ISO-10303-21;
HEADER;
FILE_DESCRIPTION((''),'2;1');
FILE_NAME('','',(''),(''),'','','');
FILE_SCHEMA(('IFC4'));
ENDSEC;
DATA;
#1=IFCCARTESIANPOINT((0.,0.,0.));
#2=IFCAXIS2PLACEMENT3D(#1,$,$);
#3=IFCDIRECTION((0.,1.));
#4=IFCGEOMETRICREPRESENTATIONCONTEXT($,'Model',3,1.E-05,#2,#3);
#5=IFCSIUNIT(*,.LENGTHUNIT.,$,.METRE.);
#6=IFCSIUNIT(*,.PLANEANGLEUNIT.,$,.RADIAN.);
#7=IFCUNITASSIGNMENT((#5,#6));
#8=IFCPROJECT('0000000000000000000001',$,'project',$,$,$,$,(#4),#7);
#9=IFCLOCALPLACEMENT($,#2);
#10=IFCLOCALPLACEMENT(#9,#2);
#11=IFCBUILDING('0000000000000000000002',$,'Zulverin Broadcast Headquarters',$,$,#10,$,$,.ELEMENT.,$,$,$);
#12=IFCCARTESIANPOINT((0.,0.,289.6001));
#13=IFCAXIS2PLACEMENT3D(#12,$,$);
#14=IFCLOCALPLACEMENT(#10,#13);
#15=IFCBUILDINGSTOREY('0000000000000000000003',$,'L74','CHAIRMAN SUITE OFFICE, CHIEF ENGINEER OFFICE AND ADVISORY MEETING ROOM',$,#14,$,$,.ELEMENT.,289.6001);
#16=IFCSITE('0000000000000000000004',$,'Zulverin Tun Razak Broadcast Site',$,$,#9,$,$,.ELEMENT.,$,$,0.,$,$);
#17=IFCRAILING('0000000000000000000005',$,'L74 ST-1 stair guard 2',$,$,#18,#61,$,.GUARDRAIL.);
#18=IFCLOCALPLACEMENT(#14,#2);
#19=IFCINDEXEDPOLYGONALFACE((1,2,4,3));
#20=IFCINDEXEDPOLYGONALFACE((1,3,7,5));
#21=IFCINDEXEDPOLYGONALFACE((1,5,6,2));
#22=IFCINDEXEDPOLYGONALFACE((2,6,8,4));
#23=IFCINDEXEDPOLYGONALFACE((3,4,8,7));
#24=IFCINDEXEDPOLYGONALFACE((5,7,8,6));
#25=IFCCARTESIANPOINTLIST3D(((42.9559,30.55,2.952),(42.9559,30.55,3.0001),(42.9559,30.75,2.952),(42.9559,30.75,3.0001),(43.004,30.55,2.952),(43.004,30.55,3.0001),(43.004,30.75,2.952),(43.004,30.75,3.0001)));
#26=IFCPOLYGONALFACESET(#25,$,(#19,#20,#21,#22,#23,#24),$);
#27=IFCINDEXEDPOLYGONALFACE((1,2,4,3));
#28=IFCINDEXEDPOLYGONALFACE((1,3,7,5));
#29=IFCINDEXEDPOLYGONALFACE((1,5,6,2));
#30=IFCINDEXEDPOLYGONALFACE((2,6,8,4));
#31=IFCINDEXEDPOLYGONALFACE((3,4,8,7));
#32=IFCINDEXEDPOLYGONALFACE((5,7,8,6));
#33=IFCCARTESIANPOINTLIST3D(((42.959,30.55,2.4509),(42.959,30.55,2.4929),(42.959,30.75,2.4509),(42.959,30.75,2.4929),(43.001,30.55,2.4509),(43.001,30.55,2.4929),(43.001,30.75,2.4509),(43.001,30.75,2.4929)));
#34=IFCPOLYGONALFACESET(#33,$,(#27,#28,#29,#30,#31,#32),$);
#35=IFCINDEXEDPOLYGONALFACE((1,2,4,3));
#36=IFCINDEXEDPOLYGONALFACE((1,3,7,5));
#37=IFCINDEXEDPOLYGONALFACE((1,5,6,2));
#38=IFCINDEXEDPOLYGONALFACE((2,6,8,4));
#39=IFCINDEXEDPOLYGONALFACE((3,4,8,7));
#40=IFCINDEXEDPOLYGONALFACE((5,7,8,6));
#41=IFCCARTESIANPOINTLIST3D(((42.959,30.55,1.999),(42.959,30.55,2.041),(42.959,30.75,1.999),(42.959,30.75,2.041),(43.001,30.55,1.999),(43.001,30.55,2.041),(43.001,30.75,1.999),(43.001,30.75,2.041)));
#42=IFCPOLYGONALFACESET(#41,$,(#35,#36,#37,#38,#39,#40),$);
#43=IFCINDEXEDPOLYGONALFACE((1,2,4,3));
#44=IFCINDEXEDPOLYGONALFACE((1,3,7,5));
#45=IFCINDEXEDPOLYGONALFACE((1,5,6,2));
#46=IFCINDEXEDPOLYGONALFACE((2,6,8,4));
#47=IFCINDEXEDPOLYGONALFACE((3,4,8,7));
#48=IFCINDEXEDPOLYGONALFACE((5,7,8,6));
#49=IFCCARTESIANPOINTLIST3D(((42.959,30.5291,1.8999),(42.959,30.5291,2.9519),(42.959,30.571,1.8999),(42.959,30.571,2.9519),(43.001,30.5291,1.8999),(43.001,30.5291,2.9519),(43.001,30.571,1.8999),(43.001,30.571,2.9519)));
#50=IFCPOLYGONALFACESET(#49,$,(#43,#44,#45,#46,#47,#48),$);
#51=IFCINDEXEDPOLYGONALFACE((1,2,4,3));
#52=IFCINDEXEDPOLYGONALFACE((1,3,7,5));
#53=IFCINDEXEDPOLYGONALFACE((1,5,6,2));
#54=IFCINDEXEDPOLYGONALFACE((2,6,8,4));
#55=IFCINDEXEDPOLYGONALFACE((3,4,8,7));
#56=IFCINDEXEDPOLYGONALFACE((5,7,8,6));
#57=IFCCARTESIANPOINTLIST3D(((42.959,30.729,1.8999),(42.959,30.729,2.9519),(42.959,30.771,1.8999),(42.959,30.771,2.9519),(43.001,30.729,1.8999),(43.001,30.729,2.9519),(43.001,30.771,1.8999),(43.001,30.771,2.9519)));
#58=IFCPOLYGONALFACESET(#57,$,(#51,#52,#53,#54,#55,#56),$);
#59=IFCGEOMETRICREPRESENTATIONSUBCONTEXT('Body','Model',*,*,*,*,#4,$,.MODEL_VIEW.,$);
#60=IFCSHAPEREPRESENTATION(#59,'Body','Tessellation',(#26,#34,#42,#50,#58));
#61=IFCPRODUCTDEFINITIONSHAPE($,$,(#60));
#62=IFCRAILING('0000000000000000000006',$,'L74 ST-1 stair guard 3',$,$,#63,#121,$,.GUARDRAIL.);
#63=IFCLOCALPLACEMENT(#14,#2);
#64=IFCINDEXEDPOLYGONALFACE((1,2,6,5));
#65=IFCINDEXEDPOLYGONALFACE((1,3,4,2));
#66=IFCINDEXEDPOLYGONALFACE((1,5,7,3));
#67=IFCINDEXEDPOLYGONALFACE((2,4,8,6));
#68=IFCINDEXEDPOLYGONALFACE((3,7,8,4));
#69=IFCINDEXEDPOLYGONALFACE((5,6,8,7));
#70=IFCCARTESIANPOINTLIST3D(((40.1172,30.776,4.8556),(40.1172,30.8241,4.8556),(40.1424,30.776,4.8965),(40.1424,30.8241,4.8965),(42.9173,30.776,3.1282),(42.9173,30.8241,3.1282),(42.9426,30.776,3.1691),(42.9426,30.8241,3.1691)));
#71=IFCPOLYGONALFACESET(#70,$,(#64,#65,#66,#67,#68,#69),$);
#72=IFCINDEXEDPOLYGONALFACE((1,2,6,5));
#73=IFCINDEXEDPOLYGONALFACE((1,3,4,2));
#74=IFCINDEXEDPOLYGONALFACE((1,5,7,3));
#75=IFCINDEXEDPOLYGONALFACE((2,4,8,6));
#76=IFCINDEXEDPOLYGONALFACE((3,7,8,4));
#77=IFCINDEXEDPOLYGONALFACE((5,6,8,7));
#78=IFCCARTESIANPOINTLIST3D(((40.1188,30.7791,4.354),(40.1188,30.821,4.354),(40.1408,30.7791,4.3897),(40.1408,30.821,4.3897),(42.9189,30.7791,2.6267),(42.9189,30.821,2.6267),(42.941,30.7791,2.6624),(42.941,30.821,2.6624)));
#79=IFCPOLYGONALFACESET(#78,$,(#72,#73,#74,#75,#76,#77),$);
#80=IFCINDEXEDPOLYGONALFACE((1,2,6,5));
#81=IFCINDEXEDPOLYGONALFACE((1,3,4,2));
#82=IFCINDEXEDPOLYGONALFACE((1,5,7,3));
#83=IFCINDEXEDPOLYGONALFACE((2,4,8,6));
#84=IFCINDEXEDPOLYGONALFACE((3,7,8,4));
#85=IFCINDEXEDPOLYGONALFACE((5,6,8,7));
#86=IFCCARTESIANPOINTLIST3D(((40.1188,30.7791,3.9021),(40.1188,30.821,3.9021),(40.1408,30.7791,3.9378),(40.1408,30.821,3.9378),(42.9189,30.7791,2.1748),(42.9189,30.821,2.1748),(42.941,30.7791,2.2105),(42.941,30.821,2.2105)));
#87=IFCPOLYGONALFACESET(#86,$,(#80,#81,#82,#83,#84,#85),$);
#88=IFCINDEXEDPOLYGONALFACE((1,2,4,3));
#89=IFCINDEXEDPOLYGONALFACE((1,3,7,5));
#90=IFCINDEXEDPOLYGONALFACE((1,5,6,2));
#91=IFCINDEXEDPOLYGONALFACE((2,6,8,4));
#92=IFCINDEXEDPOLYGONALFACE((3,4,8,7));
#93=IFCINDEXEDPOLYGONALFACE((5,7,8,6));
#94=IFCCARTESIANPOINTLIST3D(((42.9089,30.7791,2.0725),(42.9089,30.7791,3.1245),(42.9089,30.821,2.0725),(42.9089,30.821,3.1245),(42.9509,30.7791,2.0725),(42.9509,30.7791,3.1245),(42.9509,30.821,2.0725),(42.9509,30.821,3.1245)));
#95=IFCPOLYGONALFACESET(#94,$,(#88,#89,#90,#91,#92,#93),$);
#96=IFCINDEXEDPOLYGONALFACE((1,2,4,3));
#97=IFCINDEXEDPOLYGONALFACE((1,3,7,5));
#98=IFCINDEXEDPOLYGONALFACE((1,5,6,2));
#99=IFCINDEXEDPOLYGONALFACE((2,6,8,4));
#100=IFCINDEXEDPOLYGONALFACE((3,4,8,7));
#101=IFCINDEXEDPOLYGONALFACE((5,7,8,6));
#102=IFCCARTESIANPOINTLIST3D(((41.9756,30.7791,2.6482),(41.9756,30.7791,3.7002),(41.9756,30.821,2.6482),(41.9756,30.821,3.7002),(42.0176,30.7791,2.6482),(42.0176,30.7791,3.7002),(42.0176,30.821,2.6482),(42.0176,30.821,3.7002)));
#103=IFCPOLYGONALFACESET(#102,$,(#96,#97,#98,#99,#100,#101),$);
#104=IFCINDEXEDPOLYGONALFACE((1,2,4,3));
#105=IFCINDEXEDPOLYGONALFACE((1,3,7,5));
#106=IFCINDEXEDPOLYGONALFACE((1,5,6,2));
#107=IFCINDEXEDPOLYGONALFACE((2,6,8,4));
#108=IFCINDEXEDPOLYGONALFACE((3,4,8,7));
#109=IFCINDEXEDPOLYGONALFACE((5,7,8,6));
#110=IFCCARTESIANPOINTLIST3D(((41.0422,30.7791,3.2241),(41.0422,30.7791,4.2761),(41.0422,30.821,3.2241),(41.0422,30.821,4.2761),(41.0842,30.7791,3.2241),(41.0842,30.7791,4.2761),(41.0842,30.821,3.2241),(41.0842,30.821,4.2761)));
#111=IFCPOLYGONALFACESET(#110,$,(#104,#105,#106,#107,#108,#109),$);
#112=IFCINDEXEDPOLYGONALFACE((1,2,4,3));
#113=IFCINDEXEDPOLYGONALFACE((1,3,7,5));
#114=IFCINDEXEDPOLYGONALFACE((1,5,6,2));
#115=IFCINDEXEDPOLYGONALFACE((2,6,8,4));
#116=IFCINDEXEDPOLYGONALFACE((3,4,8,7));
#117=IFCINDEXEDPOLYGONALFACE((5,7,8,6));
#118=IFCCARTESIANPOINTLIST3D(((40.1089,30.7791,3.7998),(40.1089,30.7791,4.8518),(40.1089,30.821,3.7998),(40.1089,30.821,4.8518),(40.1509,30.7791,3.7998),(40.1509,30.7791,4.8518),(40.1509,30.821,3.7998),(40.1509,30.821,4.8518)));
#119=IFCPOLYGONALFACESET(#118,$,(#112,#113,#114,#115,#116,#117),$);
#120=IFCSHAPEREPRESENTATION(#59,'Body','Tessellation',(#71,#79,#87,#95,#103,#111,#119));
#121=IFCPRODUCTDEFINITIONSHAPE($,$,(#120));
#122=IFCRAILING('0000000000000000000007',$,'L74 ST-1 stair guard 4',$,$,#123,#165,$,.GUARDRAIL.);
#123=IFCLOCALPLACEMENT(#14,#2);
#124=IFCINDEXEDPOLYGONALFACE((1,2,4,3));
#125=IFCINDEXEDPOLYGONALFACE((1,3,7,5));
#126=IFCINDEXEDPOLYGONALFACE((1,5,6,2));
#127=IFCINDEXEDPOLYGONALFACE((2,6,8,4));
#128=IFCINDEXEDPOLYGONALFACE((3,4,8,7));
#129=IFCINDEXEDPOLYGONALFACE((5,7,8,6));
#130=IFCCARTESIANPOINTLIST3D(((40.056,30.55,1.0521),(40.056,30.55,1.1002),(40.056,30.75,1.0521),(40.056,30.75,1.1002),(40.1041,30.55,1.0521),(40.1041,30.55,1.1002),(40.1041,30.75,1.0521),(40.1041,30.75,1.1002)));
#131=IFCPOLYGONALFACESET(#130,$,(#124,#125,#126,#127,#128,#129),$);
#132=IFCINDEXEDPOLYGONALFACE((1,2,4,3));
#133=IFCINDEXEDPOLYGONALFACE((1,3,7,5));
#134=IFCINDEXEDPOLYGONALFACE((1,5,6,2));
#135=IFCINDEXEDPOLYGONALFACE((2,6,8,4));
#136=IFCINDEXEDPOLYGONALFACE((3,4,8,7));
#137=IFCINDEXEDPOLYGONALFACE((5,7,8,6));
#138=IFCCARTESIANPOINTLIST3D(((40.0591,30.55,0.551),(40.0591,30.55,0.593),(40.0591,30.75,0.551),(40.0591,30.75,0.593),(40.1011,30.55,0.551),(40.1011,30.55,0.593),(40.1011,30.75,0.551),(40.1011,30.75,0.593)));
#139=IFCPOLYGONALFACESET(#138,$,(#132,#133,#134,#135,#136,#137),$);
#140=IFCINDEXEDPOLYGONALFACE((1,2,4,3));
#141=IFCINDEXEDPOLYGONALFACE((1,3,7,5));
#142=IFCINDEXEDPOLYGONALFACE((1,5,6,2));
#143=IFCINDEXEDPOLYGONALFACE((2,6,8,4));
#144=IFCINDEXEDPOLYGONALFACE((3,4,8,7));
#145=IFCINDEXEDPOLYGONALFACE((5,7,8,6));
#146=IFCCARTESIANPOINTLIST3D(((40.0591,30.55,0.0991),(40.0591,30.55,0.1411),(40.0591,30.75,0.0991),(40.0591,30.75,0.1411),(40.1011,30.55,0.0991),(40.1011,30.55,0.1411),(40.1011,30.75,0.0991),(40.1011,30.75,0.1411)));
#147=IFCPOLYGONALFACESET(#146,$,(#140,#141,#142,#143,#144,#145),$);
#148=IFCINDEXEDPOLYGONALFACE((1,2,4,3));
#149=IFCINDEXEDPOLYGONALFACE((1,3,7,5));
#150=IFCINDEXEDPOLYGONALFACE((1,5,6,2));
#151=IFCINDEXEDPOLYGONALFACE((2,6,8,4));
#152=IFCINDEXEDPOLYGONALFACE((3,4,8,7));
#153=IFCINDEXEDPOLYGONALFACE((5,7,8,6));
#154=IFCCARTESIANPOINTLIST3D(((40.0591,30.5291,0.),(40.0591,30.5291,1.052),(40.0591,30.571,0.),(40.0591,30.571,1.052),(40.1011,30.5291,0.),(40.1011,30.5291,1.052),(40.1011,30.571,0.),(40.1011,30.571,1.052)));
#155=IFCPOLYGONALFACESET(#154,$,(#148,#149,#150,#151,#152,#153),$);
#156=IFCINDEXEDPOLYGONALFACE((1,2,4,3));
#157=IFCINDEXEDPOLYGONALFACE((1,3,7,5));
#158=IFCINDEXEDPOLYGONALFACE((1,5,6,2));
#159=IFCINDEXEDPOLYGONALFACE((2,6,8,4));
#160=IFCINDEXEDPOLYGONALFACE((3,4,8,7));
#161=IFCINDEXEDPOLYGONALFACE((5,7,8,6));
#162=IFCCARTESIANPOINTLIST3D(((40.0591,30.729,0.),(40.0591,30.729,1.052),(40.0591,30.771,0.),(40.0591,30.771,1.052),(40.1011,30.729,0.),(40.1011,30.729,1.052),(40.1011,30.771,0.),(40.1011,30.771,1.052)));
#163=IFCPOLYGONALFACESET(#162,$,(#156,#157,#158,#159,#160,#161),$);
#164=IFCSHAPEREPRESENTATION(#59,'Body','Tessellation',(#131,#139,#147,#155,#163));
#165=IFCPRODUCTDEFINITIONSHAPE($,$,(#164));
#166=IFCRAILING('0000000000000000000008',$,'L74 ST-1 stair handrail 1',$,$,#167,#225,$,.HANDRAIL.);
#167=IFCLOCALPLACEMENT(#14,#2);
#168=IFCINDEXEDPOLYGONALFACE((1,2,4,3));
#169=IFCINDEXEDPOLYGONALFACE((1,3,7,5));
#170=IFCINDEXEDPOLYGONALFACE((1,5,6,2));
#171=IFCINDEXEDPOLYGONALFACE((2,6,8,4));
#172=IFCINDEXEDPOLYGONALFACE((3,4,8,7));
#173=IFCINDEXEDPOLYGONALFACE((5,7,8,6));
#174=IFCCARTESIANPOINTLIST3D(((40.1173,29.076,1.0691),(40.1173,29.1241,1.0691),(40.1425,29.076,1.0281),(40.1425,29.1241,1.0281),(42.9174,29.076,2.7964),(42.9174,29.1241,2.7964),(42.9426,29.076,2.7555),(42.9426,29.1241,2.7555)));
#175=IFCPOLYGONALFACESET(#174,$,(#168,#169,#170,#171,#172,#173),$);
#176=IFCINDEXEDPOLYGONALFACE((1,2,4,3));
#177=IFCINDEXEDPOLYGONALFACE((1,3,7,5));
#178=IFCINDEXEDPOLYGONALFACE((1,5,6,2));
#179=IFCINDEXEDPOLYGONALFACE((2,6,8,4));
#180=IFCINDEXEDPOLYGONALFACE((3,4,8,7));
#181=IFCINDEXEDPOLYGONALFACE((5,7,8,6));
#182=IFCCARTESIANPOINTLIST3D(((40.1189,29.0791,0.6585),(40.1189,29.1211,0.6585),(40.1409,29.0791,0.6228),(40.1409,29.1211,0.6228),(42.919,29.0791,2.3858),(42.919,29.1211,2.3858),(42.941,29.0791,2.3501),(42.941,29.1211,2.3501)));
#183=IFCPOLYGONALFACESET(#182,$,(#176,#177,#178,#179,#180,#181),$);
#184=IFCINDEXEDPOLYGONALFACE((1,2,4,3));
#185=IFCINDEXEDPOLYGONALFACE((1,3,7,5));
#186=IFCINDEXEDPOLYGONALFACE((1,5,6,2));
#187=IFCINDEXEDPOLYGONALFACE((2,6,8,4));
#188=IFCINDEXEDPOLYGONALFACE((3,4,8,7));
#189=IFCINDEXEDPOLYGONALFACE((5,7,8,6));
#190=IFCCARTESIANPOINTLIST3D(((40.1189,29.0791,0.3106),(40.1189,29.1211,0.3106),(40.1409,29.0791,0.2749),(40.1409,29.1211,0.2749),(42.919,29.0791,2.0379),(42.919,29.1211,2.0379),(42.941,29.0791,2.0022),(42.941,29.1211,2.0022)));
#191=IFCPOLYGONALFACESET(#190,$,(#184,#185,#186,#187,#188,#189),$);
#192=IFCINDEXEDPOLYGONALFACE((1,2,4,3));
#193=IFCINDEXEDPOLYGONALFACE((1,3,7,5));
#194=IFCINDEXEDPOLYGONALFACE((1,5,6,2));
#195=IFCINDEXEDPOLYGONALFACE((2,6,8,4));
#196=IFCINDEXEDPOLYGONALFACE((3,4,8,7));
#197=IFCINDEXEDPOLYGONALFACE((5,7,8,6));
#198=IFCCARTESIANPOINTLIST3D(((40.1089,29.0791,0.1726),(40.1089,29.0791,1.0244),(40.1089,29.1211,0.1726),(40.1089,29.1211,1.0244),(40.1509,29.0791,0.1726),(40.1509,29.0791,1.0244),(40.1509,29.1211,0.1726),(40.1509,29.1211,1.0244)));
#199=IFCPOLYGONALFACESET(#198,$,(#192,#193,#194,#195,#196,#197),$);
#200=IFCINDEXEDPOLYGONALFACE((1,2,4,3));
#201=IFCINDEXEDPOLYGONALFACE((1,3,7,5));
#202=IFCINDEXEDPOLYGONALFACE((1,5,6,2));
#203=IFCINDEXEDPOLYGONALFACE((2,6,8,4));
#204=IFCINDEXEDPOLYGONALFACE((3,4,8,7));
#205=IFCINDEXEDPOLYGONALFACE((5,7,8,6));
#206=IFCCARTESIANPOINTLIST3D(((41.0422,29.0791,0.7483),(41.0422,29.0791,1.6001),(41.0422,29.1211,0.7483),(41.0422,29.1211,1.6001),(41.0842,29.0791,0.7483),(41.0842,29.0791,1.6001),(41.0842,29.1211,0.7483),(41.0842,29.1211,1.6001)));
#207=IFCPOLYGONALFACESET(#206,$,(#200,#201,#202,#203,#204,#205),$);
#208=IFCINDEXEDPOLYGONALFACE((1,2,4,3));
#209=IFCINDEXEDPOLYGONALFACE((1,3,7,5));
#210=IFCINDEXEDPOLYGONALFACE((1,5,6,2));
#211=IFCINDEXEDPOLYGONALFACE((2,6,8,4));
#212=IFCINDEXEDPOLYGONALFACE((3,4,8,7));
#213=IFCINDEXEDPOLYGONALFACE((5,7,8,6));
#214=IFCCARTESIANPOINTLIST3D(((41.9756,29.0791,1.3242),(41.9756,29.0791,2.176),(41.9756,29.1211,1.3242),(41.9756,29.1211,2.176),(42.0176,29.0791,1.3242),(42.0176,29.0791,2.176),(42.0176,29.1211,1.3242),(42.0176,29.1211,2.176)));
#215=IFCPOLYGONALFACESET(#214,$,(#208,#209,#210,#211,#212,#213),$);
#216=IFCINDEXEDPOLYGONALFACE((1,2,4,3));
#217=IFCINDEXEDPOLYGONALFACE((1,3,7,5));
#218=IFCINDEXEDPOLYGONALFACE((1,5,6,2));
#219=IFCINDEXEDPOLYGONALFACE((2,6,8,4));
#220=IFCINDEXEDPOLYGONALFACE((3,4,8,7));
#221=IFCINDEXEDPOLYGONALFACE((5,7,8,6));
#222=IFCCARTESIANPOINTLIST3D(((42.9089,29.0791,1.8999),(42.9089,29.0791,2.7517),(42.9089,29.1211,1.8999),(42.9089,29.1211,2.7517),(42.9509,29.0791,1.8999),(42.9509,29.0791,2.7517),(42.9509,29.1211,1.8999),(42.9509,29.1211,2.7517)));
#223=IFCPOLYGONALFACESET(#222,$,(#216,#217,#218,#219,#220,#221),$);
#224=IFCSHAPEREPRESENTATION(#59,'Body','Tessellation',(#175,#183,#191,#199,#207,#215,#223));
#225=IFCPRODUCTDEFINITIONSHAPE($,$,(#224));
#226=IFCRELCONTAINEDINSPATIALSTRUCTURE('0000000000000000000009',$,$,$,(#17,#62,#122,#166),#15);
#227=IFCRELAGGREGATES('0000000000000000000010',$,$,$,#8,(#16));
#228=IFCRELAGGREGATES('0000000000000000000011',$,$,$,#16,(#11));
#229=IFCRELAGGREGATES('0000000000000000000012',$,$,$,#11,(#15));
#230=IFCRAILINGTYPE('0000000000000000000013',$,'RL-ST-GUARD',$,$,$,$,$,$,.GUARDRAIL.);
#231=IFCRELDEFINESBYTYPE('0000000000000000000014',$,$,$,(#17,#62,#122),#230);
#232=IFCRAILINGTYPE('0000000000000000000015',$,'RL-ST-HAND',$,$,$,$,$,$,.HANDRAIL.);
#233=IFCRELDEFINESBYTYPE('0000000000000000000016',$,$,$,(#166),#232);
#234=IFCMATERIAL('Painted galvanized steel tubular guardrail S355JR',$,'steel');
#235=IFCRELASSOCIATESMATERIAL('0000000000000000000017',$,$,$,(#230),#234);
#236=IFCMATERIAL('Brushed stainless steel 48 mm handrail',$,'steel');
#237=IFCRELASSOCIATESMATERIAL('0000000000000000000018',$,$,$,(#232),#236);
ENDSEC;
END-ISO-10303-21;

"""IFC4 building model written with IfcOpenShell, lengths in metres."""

from ifc_helpers import new_model, si_unit, direction, frame, origin, origin_2d, place, context, subcontext, project, spatial, rectangle, extrude, material, type_object, element, save


model = new_model("IFC4")

# Units and contexts
model_context = context("Model", 3, precision=1e-05, world=origin(), true_north=direction((0.0, 1.0)))
body_context = subcontext(model_context, "Body", "Model", "MODEL_VIEW")
ifc_project = project(units=[si_unit("LENGTHUNIT", "METRE"), si_unit("PLANEANGLEUNIT", "RADIAN")], contexts=[model_context])

# Site, building, storey
site_placement = place(None, origin())
site = spatial("IfcSite", under=ifc_project, at=site_placement, Name="Zulverin Tun Razak Broadcast Site", CompositionType="ELEMENT", RefElevation=0.0)
building_placement = place(site_placement, origin())
building = spatial("IfcBuilding", under=site, at=building_placement, Name="Zulverin Broadcast Headquarters", CompositionType="ELEMENT")
storey_placement = place(building_placement, frame((0.0, 0.0, 289.6001)))
storey = spatial("IfcBuildingStorey", under=building, at=storey_placement, Name="L74", Description="CHAIRMAN SUITE OFFICE, CHIEF ENGINEER OFFICE AND ADVISORY MEETING ROOM", CompositionType="ELEMENT", Elevation=289.6001)

# Railings
ifc_material_1 = material(Name="Painted galvanized steel tubular guardrail S355JR", Category="steel")
railing_type_1 = type_object("IfcRailingType", Name="RL-ST-GUARD", PredefinedType="GUARDRAIL", material=ifc_material_1)
railing_1_placement = place(storey_placement, frame((42.98, 30.55, 1.8999)))
element("IfcRailing", 1, at=railing_1_placement, inside=storey, type_object=railing_type_1, Name="L74 ST-1 stair guard 2", PredefinedType="GUARDRAIL", context=body_context, shape_type="SweptSolid", body=[
    extrude(rectangle(XDim=0.0481, YDim=0.0481, at=origin_2d()), frame((0.0, 0.0, 1.0762), z_axis=(0.0, 1.0, 0.0), x_axis=(-1.0, 0.0, 0.0)), (0.0, 0.0, 1.0), 0.2),
    extrude(rectangle(XDim=0.042, YDim=0.042, at=origin_2d()), frame((0.0, 0.0, 0.572), z_axis=(0.0, 1.0, 0.0), x_axis=(-1.0, 0.0, 0.0)), (0.0, 0.0, 1.0), 0.2),
    extrude(rectangle(XDim=0.042, YDim=0.042, at=origin_2d()), frame((0.0, 0.0, 0.1201), z_axis=(0.0, 1.0, 0.0), x_axis=(-1.0, 0.0, 0.0)), (0.0, 0.0, 1.0), 0.2),
    extrude(rectangle(XDim=0.042, YDim=0.042, at=origin_2d()), origin(), (0.0, 0.0, 1.0), 1.052),
    extrude(rectangle(XDim=0.042, YDim=0.042, at=origin_2d()), frame((0.0, 0.2, 0.0)), (0.0, 0.0, 1.0), 1.052),
])
railing_2_placement = place(storey_placement, frame((42.9299, 30.8, 2.0725)))
element("IfcRailing", 2, at=railing_2_placement, inside=storey, type_object=railing_type_1, Name="L74 ST-1 stair guard 3", PredefinedType="GUARDRAIL", context=body_context, shape_type="SweptSolid", body=[
    extrude(rectangle(XDim=0.0481, YDim=0.0481, at=origin_2d()), frame((0.0, 0.0, 1.0762), z_axis=(-0.85109, 0.0, 0.52502), x_axis=(0.0, -1.0, 0.0)), (0.0, 0.0, 1.0), 3.29),
    extrude(rectangle(XDim=0.042, YDim=0.042, at=origin_2d()), frame((0.0, 0.0, 0.572), z_axis=(-0.85109, 0.0, 0.52502), x_axis=(0.0, -1.0, 0.0)), (0.0, 0.0, 1.0), 3.29),
    extrude(rectangle(XDim=0.042, YDim=0.042, at=origin_2d()), frame((0.0, 0.0, 0.1201), z_axis=(-0.85109, 0.0, 0.52502), x_axis=(0.0, -1.0, 0.0)), (0.0, 0.0, 1.0), 3.29),
    extrude(rectangle(XDim=0.042, YDim=0.042, at=origin_2d()), origin(), (0.0, 0.0, 1.0), 1.052),
    extrude(rectangle(XDim=0.042, YDim=0.042, at=origin_2d()), frame((-0.9333, 0.0, 0.5757)), (0.0, 0.0, 1.0), 1.052),
    extrude(rectangle(XDim=0.042, YDim=0.042, at=origin_2d()), frame((-1.8667, 0.0, 1.1516)), (0.0, 0.0, 1.0), 1.052),
    extrude(rectangle(XDim=0.042, YDim=0.042, at=origin_2d()), frame((-2.8, 0.0, 1.7273)), (0.0, 0.0, 1.0), 1.052),
])
railing_3_placement = place(storey_placement, frame((40.0801, 30.55, 0.0)))
element("IfcRailing", 3, at=railing_3_placement, inside=storey, type_object=railing_type_1, Name="L74 ST-1 stair guard 4", PredefinedType="GUARDRAIL", context=body_context, shape_type="SweptSolid", body=[
    extrude(rectangle(XDim=0.0481, YDim=0.0481, at=origin_2d()), frame((0.0, 0.0, 1.0762), z_axis=(0.0, 1.0, 0.0), x_axis=(-1.0, 0.0, 0.0)), (0.0, 0.0, 1.0), 0.2),
    extrude(rectangle(XDim=0.042, YDim=0.042, at=origin_2d()), frame((0.0, 0.0, 0.572), z_axis=(0.0, 1.0, 0.0), x_axis=(-1.0, 0.0, 0.0)), (0.0, 0.0, 1.0), 0.2),
    extrude(rectangle(XDim=0.042, YDim=0.042, at=origin_2d()), frame((0.0, 0.0, 0.1201), z_axis=(0.0, 1.0, 0.0), x_axis=(-1.0, 0.0, 0.0)), (0.0, 0.0, 1.0), 0.2),
    extrude(rectangle(XDim=0.042, YDim=0.042, at=origin_2d()), origin(), (0.0, 0.0, 1.0), 1.052),
    extrude(rectangle(XDim=0.042, YDim=0.042, at=origin_2d()), frame((0.0, 0.2, 0.0)), (0.0, 0.0, 1.0), 1.052),
])
ifc_material_2 = material(Name="Brushed stainless steel 48 mm handrail", Category="steel")
railing_type_2 = type_object("IfcRailingType", Name="RL-ST-HAND", PredefinedType="HANDRAIL", material=ifc_material_2)
railing_4_placement = place(storey_placement, frame((40.1299, 29.1001, 0.1726)))
element("IfcRailing", 4, at=railing_4_placement, inside=storey, type_object=railing_type_2, Name="L74 ST-1 stair handrail 1", PredefinedType="HANDRAIL", context=body_context, shape_type="SweptSolid", body=[
    extrude(rectangle(XDim=0.0481, YDim=0.0481, at=origin_2d()), frame((0.0, 0.0, 0.876), z_axis=(0.85109, 0.0, 0.52502), x_axis=(0.0, 1.0, 0.0)), (0.0, 0.0, 1.0), 3.29),
    extrude(rectangle(XDim=0.042, YDim=0.042, at=origin_2d()), frame((0.0, 0.0, 0.468), z_axis=(0.85109, 0.0, 0.52502), x_axis=(0.0, 1.0, 0.0)), (0.0, 0.0, 1.0), 3.29),
    extrude(rectangle(XDim=0.042, YDim=0.042, at=origin_2d()), frame((0.0, 0.0, 0.1201), z_axis=(0.85109, 0.0, 0.52502), x_axis=(0.0, 1.0, 0.0)), (0.0, 0.0, 1.0), 3.29),
    extrude(rectangle(XDim=0.042, YDim=0.042, at=origin_2d()), origin(), (0.0, 0.0, 1.0), 0.8518),
    extrude(rectangle(XDim=0.042, YDim=0.042, at=origin_2d()), frame((0.9333, 0.0, 0.5757)), (0.0, 0.0, 1.0), 0.8518),
    extrude(rectangle(XDim=0.042, YDim=0.042, at=origin_2d()), frame((1.8667, 0.0, 1.1516)), (0.0, 0.0, 1.0), 0.8518),
    extrude(rectangle(XDim=0.042, YDim=0.042, at=origin_2d()), frame((2.8, 0.0, 1.7273)), (0.0, 0.0, 1.0), 0.8518),
])

save(model, "model.ifc")
